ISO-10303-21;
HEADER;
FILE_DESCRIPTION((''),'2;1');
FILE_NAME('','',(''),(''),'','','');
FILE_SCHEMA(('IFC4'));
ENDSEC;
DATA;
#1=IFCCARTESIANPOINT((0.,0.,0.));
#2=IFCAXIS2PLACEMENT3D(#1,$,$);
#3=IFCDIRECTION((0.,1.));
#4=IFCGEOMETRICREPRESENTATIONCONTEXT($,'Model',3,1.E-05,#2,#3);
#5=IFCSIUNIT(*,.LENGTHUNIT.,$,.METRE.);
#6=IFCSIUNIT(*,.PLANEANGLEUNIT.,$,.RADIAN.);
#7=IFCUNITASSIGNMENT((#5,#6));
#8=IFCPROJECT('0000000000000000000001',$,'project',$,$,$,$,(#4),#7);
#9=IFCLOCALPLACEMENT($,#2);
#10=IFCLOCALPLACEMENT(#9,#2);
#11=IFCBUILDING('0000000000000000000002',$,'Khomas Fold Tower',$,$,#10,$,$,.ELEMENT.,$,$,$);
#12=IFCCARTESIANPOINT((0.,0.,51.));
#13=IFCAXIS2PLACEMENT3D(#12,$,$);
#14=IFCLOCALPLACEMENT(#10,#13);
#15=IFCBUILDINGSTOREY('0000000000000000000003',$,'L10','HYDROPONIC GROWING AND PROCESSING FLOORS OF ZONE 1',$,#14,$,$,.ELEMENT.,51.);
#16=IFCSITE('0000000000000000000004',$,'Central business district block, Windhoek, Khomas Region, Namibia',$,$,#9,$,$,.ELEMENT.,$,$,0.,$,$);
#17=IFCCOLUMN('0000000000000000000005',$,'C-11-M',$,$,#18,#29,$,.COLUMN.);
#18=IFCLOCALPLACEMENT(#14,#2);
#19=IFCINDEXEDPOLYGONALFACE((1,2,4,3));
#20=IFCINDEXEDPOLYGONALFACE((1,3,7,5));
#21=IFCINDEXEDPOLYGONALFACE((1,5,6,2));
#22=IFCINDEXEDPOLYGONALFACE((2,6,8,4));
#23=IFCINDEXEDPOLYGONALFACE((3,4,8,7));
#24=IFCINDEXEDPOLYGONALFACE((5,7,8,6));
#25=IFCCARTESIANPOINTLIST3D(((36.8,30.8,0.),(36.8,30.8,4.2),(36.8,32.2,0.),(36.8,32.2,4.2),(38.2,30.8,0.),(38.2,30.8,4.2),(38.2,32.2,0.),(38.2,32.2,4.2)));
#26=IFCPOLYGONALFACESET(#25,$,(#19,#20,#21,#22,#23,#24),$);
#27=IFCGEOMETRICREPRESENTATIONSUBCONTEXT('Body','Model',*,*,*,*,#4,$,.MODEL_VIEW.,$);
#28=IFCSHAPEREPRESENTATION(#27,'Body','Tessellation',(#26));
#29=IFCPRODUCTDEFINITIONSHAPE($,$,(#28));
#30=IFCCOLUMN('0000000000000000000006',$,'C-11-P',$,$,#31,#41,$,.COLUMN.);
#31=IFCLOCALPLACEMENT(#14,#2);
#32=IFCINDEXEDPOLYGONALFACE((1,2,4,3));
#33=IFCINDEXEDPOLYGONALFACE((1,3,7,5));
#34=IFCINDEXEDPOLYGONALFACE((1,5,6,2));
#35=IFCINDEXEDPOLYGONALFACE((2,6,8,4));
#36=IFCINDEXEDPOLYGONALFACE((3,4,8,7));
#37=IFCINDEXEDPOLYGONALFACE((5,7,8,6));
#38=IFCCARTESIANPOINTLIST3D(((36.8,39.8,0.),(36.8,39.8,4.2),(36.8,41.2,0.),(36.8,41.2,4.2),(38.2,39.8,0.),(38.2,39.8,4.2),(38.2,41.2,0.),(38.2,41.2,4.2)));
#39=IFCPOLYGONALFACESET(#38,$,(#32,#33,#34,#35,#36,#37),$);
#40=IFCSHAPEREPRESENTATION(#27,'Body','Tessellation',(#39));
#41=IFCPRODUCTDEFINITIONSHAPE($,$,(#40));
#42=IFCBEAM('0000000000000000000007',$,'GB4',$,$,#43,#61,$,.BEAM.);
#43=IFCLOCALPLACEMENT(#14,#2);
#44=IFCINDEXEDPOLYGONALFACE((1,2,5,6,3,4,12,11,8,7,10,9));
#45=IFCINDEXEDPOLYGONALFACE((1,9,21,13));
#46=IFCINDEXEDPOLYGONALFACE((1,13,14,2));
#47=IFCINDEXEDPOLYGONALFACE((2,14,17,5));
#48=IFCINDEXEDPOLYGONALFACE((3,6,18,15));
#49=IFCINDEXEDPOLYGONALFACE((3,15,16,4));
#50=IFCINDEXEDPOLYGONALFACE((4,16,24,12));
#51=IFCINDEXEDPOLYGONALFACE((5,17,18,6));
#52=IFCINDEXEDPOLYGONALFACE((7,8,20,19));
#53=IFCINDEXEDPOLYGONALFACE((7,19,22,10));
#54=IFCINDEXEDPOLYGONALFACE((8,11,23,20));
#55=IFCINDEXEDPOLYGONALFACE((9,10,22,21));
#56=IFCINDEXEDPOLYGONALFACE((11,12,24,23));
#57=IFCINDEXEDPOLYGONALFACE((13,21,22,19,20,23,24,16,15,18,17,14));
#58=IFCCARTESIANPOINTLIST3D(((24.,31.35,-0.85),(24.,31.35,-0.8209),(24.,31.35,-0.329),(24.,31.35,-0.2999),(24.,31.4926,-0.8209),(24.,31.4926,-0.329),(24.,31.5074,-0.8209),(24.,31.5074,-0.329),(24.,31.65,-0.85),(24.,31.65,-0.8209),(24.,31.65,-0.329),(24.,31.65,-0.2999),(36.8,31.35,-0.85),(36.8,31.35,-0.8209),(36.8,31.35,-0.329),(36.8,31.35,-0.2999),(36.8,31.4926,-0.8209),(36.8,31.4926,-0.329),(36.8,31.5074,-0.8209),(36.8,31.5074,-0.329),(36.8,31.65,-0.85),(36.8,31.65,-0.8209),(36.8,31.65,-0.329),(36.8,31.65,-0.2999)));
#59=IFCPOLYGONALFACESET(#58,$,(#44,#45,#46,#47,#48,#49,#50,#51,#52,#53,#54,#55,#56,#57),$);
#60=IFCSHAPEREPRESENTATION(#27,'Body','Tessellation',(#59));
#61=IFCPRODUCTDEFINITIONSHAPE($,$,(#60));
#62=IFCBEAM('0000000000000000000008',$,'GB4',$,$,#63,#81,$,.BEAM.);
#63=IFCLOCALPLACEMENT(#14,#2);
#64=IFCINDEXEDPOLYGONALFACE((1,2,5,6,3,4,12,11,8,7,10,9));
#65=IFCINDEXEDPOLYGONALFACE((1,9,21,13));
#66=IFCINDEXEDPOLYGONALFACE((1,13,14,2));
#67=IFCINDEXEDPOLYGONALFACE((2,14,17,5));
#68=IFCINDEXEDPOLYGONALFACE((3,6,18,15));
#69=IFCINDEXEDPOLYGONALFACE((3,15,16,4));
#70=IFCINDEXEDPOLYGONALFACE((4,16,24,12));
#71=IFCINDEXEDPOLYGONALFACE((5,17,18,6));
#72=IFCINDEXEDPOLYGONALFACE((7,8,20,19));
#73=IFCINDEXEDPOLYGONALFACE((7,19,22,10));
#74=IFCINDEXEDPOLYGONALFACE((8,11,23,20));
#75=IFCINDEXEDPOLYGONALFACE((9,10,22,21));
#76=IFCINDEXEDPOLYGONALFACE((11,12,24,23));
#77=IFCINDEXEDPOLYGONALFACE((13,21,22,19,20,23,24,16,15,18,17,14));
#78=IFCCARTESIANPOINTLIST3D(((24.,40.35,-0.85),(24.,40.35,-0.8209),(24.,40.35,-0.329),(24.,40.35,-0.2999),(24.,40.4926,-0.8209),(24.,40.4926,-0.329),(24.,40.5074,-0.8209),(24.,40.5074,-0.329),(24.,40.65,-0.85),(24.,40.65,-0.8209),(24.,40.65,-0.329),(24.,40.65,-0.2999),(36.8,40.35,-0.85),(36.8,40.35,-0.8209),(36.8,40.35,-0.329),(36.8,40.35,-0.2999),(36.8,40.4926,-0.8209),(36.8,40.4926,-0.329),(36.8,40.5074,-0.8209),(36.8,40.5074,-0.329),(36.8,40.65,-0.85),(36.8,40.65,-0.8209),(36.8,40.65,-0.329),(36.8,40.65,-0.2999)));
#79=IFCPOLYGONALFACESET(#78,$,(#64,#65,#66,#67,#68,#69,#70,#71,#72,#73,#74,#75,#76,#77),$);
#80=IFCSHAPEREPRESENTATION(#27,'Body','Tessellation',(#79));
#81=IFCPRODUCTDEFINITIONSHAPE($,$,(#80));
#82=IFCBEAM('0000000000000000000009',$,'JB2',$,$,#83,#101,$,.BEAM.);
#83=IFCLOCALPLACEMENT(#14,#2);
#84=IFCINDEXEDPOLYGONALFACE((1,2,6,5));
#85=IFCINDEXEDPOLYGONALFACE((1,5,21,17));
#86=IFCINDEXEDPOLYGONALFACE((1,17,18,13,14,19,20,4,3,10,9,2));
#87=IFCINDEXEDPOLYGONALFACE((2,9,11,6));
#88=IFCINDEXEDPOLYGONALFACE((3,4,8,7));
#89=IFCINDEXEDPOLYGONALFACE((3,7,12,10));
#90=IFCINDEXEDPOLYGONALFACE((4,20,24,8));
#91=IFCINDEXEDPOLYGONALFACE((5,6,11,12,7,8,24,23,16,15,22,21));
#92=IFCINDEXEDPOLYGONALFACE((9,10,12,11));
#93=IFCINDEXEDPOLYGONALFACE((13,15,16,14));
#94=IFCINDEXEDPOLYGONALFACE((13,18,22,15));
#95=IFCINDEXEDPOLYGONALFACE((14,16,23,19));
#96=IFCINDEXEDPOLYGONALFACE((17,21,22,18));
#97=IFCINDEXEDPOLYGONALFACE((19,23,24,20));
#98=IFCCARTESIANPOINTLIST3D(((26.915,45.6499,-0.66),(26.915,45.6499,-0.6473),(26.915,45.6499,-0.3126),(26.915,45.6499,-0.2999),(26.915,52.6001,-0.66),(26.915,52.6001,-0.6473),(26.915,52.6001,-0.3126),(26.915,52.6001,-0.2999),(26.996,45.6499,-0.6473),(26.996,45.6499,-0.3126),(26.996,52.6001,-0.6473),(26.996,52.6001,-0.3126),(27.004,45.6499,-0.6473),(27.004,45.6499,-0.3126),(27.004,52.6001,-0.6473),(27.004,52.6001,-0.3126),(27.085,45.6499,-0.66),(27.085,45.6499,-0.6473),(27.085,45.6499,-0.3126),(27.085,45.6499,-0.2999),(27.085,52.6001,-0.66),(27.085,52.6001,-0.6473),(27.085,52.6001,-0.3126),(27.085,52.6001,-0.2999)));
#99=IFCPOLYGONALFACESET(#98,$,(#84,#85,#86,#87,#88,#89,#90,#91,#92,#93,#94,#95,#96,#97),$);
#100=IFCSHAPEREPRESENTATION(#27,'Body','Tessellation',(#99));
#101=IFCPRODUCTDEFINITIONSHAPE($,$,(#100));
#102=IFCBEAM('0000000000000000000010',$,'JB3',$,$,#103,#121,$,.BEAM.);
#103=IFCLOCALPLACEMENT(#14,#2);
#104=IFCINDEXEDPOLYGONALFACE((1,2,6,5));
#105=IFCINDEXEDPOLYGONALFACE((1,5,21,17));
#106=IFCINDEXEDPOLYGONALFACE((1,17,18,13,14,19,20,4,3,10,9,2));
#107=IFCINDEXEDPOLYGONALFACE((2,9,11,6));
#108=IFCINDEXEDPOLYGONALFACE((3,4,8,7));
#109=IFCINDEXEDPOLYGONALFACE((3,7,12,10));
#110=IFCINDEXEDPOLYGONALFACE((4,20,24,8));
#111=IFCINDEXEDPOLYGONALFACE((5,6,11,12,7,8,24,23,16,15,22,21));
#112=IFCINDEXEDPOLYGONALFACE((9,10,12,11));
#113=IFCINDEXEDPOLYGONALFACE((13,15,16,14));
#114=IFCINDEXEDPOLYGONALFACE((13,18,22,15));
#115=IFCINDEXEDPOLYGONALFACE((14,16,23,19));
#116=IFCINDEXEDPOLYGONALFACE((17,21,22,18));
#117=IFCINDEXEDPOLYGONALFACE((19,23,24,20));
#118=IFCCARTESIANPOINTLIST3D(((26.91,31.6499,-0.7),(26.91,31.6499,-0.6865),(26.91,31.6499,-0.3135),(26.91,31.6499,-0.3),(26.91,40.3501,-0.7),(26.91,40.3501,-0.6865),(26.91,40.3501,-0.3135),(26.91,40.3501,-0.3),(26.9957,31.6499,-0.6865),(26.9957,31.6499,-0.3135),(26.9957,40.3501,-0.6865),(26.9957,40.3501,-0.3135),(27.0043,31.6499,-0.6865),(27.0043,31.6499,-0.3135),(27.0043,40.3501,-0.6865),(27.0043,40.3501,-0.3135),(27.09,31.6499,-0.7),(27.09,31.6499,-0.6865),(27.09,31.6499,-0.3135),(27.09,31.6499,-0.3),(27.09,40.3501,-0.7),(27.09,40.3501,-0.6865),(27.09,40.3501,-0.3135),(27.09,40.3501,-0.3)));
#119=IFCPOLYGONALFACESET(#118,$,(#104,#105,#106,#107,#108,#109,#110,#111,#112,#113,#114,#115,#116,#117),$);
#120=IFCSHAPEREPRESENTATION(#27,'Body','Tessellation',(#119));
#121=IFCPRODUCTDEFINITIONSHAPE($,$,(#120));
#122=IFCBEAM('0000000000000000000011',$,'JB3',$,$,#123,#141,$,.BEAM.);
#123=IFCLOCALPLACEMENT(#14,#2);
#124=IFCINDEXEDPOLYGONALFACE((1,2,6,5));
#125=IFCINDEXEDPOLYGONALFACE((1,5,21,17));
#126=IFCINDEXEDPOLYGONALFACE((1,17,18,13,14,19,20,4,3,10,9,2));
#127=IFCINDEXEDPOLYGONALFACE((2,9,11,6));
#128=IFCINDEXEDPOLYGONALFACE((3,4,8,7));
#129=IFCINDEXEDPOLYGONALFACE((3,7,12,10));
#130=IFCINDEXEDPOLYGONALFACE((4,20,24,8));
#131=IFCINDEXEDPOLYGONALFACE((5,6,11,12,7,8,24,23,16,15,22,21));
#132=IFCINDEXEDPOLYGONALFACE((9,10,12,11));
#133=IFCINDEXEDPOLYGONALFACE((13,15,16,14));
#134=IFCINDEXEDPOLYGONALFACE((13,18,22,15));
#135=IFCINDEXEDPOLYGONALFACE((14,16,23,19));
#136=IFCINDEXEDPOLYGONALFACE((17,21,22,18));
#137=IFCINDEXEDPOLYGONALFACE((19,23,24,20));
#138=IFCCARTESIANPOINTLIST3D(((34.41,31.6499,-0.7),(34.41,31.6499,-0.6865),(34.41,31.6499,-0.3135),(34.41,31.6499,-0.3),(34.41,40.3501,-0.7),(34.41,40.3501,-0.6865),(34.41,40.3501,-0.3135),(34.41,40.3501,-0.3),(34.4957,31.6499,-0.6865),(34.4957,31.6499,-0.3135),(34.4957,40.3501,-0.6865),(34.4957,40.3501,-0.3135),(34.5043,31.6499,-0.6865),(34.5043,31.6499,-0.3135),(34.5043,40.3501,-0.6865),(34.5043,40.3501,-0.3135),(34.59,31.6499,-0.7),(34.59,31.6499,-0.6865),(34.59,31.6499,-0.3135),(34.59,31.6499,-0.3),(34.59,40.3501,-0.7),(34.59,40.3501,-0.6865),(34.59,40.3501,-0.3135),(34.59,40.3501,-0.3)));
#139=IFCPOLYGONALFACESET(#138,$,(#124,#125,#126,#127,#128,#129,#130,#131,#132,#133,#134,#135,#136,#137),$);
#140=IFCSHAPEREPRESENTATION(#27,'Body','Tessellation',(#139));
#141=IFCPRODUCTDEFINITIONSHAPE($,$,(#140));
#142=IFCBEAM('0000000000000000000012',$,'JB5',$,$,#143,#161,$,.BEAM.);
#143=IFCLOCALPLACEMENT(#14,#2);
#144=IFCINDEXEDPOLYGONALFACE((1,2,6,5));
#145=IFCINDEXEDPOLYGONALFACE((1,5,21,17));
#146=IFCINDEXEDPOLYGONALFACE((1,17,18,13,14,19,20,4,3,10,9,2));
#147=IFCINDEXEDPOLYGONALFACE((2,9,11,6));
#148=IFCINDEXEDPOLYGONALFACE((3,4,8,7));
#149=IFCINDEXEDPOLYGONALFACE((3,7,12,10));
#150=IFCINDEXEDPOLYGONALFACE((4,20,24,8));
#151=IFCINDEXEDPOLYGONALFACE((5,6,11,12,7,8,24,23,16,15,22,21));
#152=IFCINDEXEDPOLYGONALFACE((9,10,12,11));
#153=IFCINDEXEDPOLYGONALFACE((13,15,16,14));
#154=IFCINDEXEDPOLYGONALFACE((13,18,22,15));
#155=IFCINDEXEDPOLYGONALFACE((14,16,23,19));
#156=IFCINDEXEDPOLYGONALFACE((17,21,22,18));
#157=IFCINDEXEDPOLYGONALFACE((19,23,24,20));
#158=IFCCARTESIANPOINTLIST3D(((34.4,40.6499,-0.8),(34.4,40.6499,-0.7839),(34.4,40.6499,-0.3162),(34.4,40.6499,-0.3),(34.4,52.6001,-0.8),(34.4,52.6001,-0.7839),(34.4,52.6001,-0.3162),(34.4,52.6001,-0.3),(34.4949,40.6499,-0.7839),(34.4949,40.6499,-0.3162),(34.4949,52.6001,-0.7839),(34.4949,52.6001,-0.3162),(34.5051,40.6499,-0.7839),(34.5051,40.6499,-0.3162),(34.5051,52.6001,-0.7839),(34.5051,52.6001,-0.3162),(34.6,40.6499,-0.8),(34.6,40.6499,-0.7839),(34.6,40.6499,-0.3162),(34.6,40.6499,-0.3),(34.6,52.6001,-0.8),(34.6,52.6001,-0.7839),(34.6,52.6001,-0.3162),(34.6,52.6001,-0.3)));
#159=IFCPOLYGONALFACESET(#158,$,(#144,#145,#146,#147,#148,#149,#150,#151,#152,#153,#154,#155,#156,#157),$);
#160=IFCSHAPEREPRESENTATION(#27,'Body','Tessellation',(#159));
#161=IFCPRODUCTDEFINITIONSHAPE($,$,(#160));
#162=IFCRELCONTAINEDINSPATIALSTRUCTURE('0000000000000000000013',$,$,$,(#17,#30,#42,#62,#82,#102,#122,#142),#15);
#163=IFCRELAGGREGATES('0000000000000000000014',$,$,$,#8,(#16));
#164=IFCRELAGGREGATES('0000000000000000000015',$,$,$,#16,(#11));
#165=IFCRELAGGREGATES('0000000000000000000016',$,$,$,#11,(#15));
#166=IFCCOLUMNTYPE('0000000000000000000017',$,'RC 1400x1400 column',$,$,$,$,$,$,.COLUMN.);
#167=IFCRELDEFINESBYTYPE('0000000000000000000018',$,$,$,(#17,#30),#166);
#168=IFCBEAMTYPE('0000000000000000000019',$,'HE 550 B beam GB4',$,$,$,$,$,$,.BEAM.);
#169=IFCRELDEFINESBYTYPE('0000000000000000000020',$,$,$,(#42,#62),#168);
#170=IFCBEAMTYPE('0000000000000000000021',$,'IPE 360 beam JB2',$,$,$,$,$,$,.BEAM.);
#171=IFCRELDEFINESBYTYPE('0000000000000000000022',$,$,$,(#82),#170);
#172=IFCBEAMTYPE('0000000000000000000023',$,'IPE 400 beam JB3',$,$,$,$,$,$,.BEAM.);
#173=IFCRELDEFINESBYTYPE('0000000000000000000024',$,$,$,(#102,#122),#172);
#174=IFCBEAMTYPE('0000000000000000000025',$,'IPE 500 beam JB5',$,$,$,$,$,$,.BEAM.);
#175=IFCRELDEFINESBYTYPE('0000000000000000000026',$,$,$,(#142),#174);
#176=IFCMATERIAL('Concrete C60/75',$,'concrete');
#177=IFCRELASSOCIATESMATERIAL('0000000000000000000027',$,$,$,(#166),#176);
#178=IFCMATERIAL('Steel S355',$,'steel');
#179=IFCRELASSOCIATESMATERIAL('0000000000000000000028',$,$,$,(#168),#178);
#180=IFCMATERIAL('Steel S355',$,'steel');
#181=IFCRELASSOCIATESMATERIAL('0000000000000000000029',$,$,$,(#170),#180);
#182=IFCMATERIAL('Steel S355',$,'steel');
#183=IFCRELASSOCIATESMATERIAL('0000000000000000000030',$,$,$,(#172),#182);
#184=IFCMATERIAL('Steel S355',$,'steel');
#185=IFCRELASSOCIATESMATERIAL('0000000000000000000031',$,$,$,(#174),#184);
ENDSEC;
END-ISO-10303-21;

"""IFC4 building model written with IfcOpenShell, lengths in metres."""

from ifc_helpers import new_model, si_unit, direction, frame, origin, origin_2d, place, context, subcontext, project, spatial, rectangle, i_section, extrude, source, transform, mapped, material, material_profile, profile_set, type_object, element, save


model = new_model("IFC4")

# Units and contexts
model_context = context("Model", 3, precision=1e-05, world=origin(), true_north=direction((0.0, 1.0)))
body_context = subcontext(model_context, "Body", "Model", "MODEL_VIEW")
ifc_project = project(units=[si_unit("LENGTHUNIT", "METRE"), si_unit("PLANEANGLEUNIT", "RADIAN")], contexts=[model_context])

# Site, building, storey
site_placement = place(None, origin())
site = spatial("IfcSite", under=ifc_project, at=site_placement, Name="Central business district block, Windhoek, Khomas Region, Namibia", CompositionType="ELEMENT", RefElevation=0.0)
building_placement = place(site_placement, origin())
building = spatial("IfcBuilding", under=site, at=building_placement, Name="Khomas Fold Tower", CompositionType="ELEMENT")
storey_placement = place(building_placement, frame((0.0, 0.0, 51.0)))
storey = spatial("IfcBuildingStorey", under=building, at=storey_placement, Name="L10", Description="HYDROPONIC GROWING AND PROCESSING FLOORS OF ZONE 1", CompositionType="ELEMENT", Elevation=51.0)

# Columns
ifc_material_1 = material(Name="Concrete C60/75", Category="concrete")
ifc_material_profile_1 = material_profile(ifc_material_1, rectangle(XDim=1.3999, YDim=1.3999, at=origin_2d()), Name="RC 1400x1400")
ifc_profile_set_1 = profile_set([ifc_material_profile_1], Name="Concrete C60/75")
column_type = type_object("IfcColumnType", Name="RC 1400x1400 column", PredefinedType="COLUMN", material=ifc_profile_set_1)
shared_shape_1 = source(origin(), body_context, "Body", "SweptSolid", [
    extrude(rectangle(XDim=1.3999, YDim=1.3999, at=origin_2d()), origin(), (0.0, 0.0, 1.0), 4.2),
])
for number, where, z_axis, x_axis, name in (
    (1, (37.5, 31.5, 0.0), (0.0, 0.0, 1.0), (1.0, 0.0, 0.0), "C-11-M"),
    (2, (37.5, 40.5, 0.0), (0.0, 0.0, 1.0), (1.0, 0.0, 0.0), "C-11-P"),
):
    element("IfcColumn", number, at=place(storey_placement, frame(where, z_axis=z_axis, x_axis=x_axis)), inside=storey, type_object=column_type, Name=name, PredefinedType="COLUMN", context=body_context, shape_type="MappedRepresentation", body=[
        mapped(shared_shape_1, transform((0.0, 0.0, 0.0))),
    ])

# Beams
ifc_material_2 = material(Name="Steel S355", Category="steel")
ifc_material_profile_2 = material_profile(ifc_material_2, i_section(OverallWidth=0.3, OverallDepth=0.55, WebThickness=0.0149, FlangeThickness=0.0291, at=origin_2d()), Name="HE 550 B")
ifc_profile_set_2 = profile_set([ifc_material_profile_2], Name="Steel S355")
beam_type_1 = type_object("IfcBeamType", Name="HE 550 B beam GB4", PredefinedType="BEAM", material=ifc_profile_set_2)
shared_shape_2 = source(origin(), body_context, "Body", "SweptSolid", [
    extrude(i_section(OverallWidth=0.3, OverallDepth=0.55, WebThickness=0.0149, FlangeThickness=0.0291, at=origin_2d()), origin(), (0.0, 0.0, 1.0), 12.8),
])
for number, where, z_axis, x_axis, name in (
    (3, (24.0, 31.5, -0.575), (1.0, 0.0, 0.0), (0.0, 1.0, 0.0), "GB4"),
    (4, (24.0, 40.5, -0.575), (1.0, 0.0, 0.0), (0.0, 1.0, 0.0), "GB4"),
):
    element("IfcBeam", number, at=place(storey_placement, frame(where, z_axis=z_axis, x_axis=x_axis)), inside=storey, type_object=beam_type_1, Name=name, PredefinedType="BEAM", context=body_context, shape_type="MappedRepresentation", body=[
        mapped(shared_shape_2, transform((0.0, 0.0, 0.0))),
    ])
ifc_material_3 = material(Name="Steel S355", Category="steel")
ifc_material_profile_3 = material_profile(ifc_material_3, i_section(OverallWidth=0.1699, OverallDepth=0.3601, WebThickness=0.0081, FlangeThickness=0.0127, at=origin_2d()), Name="IPE 360")
ifc_profile_set_3 = profile_set([ifc_material_profile_3], Name="Steel S355")
beam_type_2 = type_object("IfcBeamType", Name="IPE 360 beam JB2", PredefinedType="BEAM", material=ifc_profile_set_3)
shared_shape_3 = source(origin(), body_context, "Body", "SweptSolid", [
    extrude(i_section(OverallWidth=0.1699, OverallDepth=0.3601, WebThickness=0.0081, FlangeThickness=0.0127, at=origin_2d()), origin(), (0.0, 0.0, 1.0), 6.9502),
])
beam_1_placement = place(storey_placement, frame((27.0, 45.6499, -0.48), z_axis=(0.0, 1.0, 0.0), x_axis=(-1.0, 0.0, 0.0)))
element("IfcBeam", 5, at=beam_1_placement, inside=storey, type_object=beam_type_2, Name="JB2", PredefinedType="BEAM", context=body_context, shape_type="MappedRepresentation", body=[
    mapped(shared_shape_3, transform((0.0, 0.0, 0.0))),
])
ifc_material_4 = material(Name="Steel S355", Category="steel")
ifc_material_profile_4 = material_profile(ifc_material_4, i_section(OverallWidth=0.1799, OverallDepth=0.3999, WebThickness=0.0085, FlangeThickness=0.0134, at=origin_2d()), Name="IPE 400")
ifc_profile_set_4 = profile_set([ifc_material_profile_4], Name="Steel S355")
beam_type_3 = type_object("IfcBeamType", Name="IPE 400 beam JB3", PredefinedType="BEAM", material=ifc_profile_set_4)
shared_shape_4 = source(origin(), body_context, "Body", "SweptSolid", [
    extrude(i_section(OverallWidth=0.1799, OverallDepth=0.3999, WebThickness=0.0085, FlangeThickness=0.0134, at=origin_2d()), origin(), (0.0, 0.0, 1.0), 8.7002),
])
for number, where, z_axis, x_axis, name in (
    (6, (27.0, 31.6499, -0.5), (0.0, 1.0, 0.0), (-1.0, 0.0, 0.0), "JB3"),
    (7, (34.5, 31.6499, -0.5), (0.0, 1.0, 0.0), (-1.0, 0.0, 0.0), "JB3"),
):
    element("IfcBeam", number, at=place(storey_placement, frame(where, z_axis=z_axis, x_axis=x_axis)), inside=storey, type_object=beam_type_3, Name=name, PredefinedType="BEAM", context=body_context, shape_type="MappedRepresentation", body=[
        mapped(shared_shape_4, transform((0.0, 0.0, 0.0))),
    ])
ifc_material_5 = material(Name="Steel S355", Category="steel")
ifc_material_profile_5 = material_profile(ifc_material_5, i_section(OverallWidth=0.2, OverallDepth=0.5, WebThickness=0.0103, FlangeThickness=0.0161, at=origin_2d()), Name="IPE 500")
ifc_profile_set_5 = profile_set([ifc_material_profile_5], Name="Steel S355")
beam_type_4 = type_object("IfcBeamType", Name="IPE 500 beam JB5", PredefinedType="BEAM", material=ifc_profile_set_5)
shared_shape_5 = source(origin(), body_context, "Body", "SweptSolid", [
    extrude(i_section(OverallWidth=0.2, OverallDepth=0.5, WebThickness=0.0103, FlangeThickness=0.0161, at=origin_2d()), origin(), (0.0, 0.0, 1.0), 11.9502),
])
beam_2_placement = place(storey_placement, frame((34.5, 40.6499, -0.55), z_axis=(0.0, 1.0, 0.0), x_axis=(-1.0, 0.0, 0.0)))
element("IfcBeam", 8, at=beam_2_placement, inside=storey, type_object=beam_type_4, Name="JB5", PredefinedType="BEAM", context=body_context, shape_type="MappedRepresentation", body=[
    mapped(shared_shape_5, transform((0.0, 0.0, 0.0))),
])

save(model, "model.ifc")
